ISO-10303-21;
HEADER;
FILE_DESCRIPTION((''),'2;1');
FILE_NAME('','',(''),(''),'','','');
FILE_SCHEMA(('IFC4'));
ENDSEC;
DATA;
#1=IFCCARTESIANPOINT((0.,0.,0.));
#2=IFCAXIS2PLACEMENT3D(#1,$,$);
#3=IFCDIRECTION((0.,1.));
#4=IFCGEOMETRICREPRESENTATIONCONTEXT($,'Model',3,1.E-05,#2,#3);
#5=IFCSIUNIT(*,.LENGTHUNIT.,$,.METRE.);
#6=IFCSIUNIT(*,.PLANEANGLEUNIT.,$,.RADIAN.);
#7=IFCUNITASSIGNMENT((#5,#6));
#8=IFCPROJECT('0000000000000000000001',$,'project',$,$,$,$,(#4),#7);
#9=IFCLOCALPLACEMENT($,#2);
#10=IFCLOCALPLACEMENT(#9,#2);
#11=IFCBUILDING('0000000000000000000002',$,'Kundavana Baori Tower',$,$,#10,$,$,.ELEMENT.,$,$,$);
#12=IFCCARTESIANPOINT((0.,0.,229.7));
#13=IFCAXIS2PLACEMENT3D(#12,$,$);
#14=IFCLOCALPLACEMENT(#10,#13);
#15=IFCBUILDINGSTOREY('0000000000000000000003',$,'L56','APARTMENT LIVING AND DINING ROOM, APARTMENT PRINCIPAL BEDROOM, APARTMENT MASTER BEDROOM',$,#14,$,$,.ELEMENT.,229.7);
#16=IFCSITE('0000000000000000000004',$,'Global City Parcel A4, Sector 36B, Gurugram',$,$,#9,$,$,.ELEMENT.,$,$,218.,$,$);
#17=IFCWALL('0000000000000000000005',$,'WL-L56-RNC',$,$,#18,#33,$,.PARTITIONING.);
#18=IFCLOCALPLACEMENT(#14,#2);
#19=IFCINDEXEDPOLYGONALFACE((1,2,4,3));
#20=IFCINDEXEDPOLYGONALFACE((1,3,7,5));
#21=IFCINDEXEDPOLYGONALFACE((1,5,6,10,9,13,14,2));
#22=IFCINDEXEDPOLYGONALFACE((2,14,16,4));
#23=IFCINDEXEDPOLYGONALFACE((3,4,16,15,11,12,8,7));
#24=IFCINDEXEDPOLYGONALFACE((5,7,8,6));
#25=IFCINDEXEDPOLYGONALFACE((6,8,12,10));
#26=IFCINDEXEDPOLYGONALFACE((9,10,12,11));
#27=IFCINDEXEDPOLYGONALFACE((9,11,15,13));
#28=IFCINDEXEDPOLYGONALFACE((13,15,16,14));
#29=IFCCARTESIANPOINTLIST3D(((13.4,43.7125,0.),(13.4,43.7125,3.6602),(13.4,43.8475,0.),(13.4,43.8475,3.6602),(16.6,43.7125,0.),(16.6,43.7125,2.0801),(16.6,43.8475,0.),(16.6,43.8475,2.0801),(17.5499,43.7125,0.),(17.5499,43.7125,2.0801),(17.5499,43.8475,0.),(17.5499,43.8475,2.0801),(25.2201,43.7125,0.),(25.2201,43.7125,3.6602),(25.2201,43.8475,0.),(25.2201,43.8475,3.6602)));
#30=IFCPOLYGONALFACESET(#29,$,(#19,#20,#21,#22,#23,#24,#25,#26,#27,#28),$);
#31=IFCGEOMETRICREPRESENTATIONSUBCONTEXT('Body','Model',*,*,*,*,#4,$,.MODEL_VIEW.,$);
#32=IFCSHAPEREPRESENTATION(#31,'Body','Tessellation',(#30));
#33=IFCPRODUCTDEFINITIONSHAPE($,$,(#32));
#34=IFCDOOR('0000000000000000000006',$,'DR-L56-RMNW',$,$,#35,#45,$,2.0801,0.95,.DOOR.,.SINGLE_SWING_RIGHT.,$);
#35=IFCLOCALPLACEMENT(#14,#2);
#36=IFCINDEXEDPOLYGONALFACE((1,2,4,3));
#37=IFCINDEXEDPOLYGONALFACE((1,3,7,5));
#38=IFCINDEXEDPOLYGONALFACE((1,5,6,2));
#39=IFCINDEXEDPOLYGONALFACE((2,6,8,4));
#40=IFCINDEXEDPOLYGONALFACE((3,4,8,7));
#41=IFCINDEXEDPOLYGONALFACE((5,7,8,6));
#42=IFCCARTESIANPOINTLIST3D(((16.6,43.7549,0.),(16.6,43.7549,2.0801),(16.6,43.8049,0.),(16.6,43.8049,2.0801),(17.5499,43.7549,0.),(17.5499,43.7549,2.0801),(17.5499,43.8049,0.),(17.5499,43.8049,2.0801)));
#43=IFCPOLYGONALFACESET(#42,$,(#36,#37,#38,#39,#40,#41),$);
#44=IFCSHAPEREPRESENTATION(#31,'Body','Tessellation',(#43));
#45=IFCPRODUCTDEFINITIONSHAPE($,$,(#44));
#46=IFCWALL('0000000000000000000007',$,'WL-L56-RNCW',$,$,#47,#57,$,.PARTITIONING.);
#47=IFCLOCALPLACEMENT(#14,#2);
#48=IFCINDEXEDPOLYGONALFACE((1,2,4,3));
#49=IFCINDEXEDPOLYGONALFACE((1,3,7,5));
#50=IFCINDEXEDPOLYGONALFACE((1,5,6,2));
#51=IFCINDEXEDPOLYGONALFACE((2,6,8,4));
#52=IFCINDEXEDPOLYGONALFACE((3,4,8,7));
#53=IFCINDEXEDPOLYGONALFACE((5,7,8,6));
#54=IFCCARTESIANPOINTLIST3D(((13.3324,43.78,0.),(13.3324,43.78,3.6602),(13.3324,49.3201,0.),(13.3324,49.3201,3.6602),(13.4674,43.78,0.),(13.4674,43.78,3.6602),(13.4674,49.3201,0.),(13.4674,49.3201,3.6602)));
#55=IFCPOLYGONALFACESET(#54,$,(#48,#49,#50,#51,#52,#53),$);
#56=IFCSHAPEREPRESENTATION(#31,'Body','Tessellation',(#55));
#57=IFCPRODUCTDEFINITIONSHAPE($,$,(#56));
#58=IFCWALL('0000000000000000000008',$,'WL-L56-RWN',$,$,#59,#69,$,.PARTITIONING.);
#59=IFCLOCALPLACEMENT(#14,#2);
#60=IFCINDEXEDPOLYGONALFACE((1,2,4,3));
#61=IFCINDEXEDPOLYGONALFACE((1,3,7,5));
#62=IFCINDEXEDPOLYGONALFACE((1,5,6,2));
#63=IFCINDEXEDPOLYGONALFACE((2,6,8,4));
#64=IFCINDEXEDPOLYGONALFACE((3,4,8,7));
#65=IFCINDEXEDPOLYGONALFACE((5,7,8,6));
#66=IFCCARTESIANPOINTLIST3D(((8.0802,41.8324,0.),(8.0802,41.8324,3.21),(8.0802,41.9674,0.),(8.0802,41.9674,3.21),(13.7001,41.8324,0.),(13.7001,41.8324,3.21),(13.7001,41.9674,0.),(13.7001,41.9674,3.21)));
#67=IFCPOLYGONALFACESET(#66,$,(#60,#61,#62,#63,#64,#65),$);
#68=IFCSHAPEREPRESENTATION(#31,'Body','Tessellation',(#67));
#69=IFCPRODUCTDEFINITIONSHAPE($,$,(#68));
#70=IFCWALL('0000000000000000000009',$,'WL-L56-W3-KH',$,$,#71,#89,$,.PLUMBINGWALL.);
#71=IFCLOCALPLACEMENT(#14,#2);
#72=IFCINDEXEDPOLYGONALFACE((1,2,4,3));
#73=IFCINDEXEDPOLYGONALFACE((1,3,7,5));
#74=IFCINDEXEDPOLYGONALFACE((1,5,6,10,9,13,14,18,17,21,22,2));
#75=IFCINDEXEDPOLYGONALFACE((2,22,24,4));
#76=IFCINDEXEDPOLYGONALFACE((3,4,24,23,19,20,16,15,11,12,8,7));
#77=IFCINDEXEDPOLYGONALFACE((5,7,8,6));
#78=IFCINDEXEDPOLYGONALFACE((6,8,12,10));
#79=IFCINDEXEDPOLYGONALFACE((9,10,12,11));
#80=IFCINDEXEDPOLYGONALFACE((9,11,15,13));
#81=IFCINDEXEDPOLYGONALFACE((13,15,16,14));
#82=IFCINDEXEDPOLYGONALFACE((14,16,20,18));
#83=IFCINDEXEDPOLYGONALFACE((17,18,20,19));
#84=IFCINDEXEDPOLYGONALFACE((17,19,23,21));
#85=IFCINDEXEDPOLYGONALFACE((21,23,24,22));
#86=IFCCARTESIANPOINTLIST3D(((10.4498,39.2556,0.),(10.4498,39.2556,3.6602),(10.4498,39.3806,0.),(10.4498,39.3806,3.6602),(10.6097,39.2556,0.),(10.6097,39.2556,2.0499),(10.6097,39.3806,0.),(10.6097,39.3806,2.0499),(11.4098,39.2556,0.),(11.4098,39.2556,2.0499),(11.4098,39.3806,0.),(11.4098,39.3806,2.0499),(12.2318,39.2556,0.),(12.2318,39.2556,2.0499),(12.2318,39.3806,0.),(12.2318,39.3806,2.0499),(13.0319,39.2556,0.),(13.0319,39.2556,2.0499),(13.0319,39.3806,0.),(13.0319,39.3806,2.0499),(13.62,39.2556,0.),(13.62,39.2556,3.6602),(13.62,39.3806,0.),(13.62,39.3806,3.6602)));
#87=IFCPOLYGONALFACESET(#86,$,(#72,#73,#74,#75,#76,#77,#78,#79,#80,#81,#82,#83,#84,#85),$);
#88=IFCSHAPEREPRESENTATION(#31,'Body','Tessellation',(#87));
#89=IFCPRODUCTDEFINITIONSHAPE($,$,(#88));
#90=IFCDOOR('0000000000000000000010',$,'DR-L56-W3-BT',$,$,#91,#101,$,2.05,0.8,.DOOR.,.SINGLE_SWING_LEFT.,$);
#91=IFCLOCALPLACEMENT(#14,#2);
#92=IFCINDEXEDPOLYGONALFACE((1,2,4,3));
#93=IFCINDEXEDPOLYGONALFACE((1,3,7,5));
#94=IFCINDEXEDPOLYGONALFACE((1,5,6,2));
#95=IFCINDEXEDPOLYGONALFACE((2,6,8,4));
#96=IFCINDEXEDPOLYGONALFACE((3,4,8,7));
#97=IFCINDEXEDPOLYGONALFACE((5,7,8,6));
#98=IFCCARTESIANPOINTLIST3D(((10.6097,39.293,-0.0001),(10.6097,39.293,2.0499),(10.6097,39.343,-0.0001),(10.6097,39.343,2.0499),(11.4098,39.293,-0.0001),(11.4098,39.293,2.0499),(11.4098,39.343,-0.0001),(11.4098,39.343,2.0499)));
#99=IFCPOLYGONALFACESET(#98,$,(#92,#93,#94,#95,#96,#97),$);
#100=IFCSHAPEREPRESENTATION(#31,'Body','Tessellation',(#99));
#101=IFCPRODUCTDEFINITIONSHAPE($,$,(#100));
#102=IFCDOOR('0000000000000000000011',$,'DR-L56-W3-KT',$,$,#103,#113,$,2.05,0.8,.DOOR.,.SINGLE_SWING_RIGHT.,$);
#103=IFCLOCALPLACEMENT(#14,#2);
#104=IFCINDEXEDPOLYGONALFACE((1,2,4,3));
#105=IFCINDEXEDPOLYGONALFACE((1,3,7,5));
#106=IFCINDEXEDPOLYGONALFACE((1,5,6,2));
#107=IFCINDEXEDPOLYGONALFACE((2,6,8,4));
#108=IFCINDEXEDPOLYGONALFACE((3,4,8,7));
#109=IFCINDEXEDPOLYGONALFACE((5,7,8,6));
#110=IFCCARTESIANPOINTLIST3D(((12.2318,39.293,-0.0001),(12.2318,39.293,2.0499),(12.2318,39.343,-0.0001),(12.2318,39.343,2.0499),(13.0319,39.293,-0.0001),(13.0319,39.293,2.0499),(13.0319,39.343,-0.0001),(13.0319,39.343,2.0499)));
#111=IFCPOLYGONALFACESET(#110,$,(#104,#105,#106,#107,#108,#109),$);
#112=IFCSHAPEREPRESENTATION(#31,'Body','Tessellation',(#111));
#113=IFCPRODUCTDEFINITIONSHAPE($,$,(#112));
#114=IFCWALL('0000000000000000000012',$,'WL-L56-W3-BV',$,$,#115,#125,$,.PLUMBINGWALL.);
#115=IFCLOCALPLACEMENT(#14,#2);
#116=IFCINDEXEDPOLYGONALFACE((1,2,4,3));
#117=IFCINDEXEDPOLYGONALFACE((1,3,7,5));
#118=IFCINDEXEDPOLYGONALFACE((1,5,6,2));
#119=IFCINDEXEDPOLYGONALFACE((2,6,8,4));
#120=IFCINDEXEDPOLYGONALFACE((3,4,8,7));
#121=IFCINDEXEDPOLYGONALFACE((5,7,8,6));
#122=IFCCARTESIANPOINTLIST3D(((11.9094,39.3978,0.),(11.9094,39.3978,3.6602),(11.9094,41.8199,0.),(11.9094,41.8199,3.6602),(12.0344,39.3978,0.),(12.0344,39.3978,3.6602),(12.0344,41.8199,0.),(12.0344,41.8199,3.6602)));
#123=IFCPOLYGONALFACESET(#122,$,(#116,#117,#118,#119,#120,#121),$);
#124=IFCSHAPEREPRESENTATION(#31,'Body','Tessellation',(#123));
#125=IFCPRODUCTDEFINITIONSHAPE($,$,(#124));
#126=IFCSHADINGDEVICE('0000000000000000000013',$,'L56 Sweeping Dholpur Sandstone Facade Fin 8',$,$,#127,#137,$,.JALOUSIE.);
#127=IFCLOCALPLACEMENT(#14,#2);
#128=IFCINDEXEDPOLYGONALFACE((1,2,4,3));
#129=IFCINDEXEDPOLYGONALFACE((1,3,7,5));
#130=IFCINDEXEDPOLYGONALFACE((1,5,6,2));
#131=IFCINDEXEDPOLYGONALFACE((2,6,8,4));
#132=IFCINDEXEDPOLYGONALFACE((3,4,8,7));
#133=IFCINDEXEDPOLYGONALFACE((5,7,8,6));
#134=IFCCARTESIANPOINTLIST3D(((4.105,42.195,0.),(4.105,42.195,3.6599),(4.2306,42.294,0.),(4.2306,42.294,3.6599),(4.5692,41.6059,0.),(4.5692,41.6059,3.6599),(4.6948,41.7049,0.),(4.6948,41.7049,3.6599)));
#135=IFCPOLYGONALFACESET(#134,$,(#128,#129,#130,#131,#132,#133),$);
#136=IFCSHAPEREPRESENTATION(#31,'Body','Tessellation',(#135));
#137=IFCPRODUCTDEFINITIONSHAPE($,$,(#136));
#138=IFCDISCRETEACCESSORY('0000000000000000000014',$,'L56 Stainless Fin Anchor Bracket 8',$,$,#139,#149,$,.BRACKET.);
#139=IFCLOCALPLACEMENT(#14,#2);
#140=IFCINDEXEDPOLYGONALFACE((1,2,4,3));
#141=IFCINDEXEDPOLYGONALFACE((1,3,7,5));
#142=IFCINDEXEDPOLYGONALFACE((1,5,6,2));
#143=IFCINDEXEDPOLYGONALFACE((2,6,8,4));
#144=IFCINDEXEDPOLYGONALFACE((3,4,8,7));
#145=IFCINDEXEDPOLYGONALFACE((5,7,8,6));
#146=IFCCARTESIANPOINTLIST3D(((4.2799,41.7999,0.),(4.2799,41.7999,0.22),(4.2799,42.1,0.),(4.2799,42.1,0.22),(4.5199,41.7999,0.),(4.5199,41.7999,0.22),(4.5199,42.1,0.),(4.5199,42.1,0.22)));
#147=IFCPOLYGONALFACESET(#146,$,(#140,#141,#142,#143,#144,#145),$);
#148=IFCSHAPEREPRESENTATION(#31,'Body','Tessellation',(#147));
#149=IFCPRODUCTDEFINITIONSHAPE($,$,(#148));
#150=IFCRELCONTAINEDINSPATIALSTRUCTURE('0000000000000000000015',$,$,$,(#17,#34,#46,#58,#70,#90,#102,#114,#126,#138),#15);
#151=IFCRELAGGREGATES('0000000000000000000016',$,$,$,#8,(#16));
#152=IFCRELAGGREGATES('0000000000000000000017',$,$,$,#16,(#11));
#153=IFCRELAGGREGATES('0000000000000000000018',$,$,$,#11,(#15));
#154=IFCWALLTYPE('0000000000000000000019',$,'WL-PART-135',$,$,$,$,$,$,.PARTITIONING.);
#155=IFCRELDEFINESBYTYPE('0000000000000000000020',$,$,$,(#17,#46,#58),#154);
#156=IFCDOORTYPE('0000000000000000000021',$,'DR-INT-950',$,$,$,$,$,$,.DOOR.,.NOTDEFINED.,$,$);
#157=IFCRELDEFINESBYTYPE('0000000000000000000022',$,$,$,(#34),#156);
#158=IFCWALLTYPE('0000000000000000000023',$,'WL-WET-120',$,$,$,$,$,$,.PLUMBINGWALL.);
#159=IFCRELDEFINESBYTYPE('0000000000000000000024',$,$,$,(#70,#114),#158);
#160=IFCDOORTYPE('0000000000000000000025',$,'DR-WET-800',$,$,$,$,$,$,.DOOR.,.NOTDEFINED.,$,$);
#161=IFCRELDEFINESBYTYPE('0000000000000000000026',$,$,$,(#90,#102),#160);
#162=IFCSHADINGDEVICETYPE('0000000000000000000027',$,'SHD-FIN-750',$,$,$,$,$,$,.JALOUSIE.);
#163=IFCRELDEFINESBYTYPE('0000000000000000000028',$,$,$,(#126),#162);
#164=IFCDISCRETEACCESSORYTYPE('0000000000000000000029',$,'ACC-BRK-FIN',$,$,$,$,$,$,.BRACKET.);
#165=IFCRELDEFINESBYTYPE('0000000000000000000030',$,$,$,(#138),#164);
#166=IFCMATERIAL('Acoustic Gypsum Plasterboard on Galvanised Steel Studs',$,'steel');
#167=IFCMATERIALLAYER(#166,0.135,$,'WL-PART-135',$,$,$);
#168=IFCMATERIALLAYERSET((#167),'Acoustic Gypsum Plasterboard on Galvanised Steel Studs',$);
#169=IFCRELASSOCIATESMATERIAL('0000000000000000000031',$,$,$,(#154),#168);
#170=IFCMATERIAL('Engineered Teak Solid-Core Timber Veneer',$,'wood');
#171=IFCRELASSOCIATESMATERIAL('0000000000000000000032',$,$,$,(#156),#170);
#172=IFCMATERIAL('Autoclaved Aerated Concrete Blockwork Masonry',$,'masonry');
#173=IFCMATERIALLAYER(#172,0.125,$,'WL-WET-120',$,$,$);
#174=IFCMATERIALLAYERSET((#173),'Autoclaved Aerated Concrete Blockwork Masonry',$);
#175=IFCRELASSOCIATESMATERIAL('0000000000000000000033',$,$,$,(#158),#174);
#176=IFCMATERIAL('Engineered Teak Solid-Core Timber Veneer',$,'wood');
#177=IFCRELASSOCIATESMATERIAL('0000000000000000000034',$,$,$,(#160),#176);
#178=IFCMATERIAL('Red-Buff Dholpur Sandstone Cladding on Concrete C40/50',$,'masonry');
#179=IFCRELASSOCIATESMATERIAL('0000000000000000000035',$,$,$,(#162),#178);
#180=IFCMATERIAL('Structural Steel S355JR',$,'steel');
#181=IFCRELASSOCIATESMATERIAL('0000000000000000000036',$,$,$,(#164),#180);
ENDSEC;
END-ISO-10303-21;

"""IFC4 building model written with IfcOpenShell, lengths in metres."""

from ifc_helpers import new_model, si_unit, direction, frame, frame_2d, origin, origin_2d, place, context, subcontext, project, spatial, rectangle, extrude, material, layer, layer_set, type_object, element, fill, save


model = new_model("IFC4")

# Units and contexts
model_context = context("Model", 3, precision=1e-05, world=origin(), true_north=direction((0.0, 1.0)))
body_context = subcontext(model_context, "Body", "Model", "MODEL_VIEW")
ifc_project = project(units=[si_unit("LENGTHUNIT", "METRE"), si_unit("PLANEANGLEUNIT", "RADIAN")], contexts=[model_context])

# Site, building, storey
site_placement = place(None, origin())
site = spatial("IfcSite", under=ifc_project, at=site_placement, Name="Global City Parcel A4, Sector 36B, Gurugram", CompositionType="ELEMENT", RefElevation=218.0)
building_placement = place(site_placement, origin())
building = spatial("IfcBuilding", under=site, at=building_placement, Name="Kundavana Baori Tower", CompositionType="ELEMENT")
storey_placement = place(building_placement, frame((0.0, 0.0, 229.7)))
storey = spatial("IfcBuildingStorey", under=building, at=storey_placement, Name="L56", Description="APARTMENT LIVING AND DINING ROOM, APARTMENT PRINCIPAL BEDROOM, APARTMENT MASTER BEDROOM", CompositionType="ELEMENT", Elevation=229.7)

# Wall, opening, door
ifc_material_1 = material(Name="Acoustic Gypsum Plasterboard on Galvanised Steel Studs", Category="steel")
ifc_layer_1 = layer(ifc_material_1, 0.135, Name="WL-PART-135")
ifc_layer_set_1 = layer_set([ifc_layer_1], Name="Acoustic Gypsum Plasterboard on Galvanised Steel Studs")
wall_type_1 = type_object("IfcWallType", Name="WL-PART-135", PredefinedType="PARTITIONING", material=ifc_layer_set_1)
wall_1_placement = place(storey_placement, frame((13.3999, 43.78, 0.0), z_axis=(0.0, 0.0, 1.0), x_axis=(1.0, 0.0, 0.0)))
wall_1 = element("IfcWall", 1, at=wall_1_placement, inside=storey, type_object=wall_type_1, Name="WL-L56-RNC", PredefinedType="PARTITIONING", context=body_context, shape_type="SweptSolid", body=[
    extrude(rectangle(XDim=11.8201, YDim=0.135, at=frame_2d((5.9102, 0.0))), origin(), (0.0, 0.0, 1.0), 3.6602),
])
opening_1_placement = place(wall_1_placement, frame((3.2, 0.0, 0.0)))
opening_1 = element("IfcOpeningElement", 2, at=opening_1_placement, cuts=wall_1, PredefinedType="OPENING", context=body_context, shape_type="SweptSolid", body=[
    extrude(rectangle(XDim=0.95, YDim=2.0801, at=frame_2d((0.4751, 1.04))), frame((0.0, 0.0776, 0.0), z_axis=(0.0, -1.0, 0.0), x_axis=(1.0, 0.0, 0.0)), (0.0, 0.0, 1.0), 0.155),
])
ifc_material_2 = material(Name="Engineered Teak Solid-Core Timber Veneer", Category="wood")
door_type_1 = type_object("IfcDoorType", Name="DR-INT-950", OperationType="NOTDEFINED", PredefinedType="DOOR", material=ifc_material_2)
door_1_placement = place(opening_1_placement, origin())
door_1 = element("IfcDoor", 3, at=door_1_placement, inside=storey, type_object=door_type_1, Name="DR-L56-RMNW", OperationType="SINGLE_SWING_RIGHT", OverallHeight=2.0801, OverallWidth=0.95, PredefinedType="DOOR", context=body_context, shape_type="SweptSolid", body=[
    extrude(rectangle(XDim=0.95, YDim=2.0801, at=frame_2d((0.4751, 1.04))), frame((0.0, 0.0249, 0.0), z_axis=(0.0, -1.0, 0.0), x_axis=(1.0, 0.0, 0.0)), (0.0, 0.0, 1.0), 0.05),
])
fill(opening_1, door_1)

# Walls
wall_2_placement = place(storey_placement, frame((13.3999, 43.78, 0.0), z_axis=(0.0, 0.0, 1.0), x_axis=(0.0, 1.0, 0.0)))
element("IfcWall", 4, at=wall_2_placement, inside=storey, type_object=wall_type_1, Name="WL-L56-RNCW", PredefinedType="PARTITIONING", context=body_context, shape_type="SweptSolid", body=[
    extrude(rectangle(XDim=5.54, YDim=0.135, at=frame_2d((2.77, 0.0))), origin(), (0.0, 0.0, 1.0), 3.6602),
])
wall_3_placement = place(storey_placement, frame((8.0801, 41.8999, 0.0), z_axis=(0.0, 0.0, 1.0), x_axis=(1.0, 0.0, 0.0)))
element("IfcWall", 5, at=wall_3_placement, inside=storey, type_object=wall_type_1, Name="WL-L56-RWN", PredefinedType="PARTITIONING", context=body_context, shape_type="SweptSolid", body=[
    extrude(rectangle(XDim=5.6199, YDim=0.135, at=frame_2d((2.8101, 0.0))), origin(), (0.0, 0.0, 1.0), 3.21),
])

# Wall, openings, doors
ifc_material_3 = material(Name="Autoclaved Aerated Concrete Blockwork Masonry", Category="masonry")
ifc_layer_2 = layer(ifc_material_3, 0.125, Name="WL-WET-120")
ifc_layer_set_2 = layer_set([ifc_layer_2], Name="Autoclaved Aerated Concrete Blockwork Masonry")
wall_type_2 = type_object("IfcWallType", Name="WL-WET-120", PredefinedType="PLUMBINGWALL", material=ifc_layer_set_2)
wall_4_placement = place(storey_placement, frame((10.45, 39.3181, 0.0), z_axis=(0.0, 0.0, 1.0), x_axis=(1.0, 0.0, 0.0)))
wall_4 = element("IfcWall", 6, at=wall_4_placement, inside=storey, type_object=wall_type_2, Name="WL-L56-W3-KH", PredefinedType="PLUMBINGWALL", context=body_context, shape_type="SweptSolid", body=[
    extrude(rectangle(XDim=3.1702, YDim=0.125, at=frame_2d((1.585, 0.0))), origin(), (0.0, 0.0, 1.0), 3.6602),
])
opening_2_placement = place(wall_4_placement, frame((0.1599, 0.0, 0.0)))
opening_2 = element("IfcOpeningElement", 7, at=opening_2_placement, cuts=wall_4, PredefinedType="OPENING", context=body_context, shape_type="SweptSolid", body=[
    extrude(rectangle(XDim=0.8, YDim=2.05, at=frame_2d((0.3999, 1.0249))), frame((0.0, 0.0725, 0.0), z_axis=(0.0, -1.0, 0.0), x_axis=(1.0, 0.0, 0.0)), (0.0, 0.0, 1.0), 0.145),
])
opening_3_placement = place(wall_4_placement, frame((1.782, 0.0, 0.0)))
opening_3 = element("IfcOpeningElement", 8, at=opening_3_placement, cuts=wall_4, PredefinedType="OPENING", context=body_context, shape_type="SweptSolid", body=[
    extrude(rectangle(XDim=0.8, YDim=2.05, at=frame_2d((0.3999, 1.0249))), frame((0.0, 0.0725, 0.0), z_axis=(0.0, -1.0, 0.0), x_axis=(1.0, 0.0, 0.0)), (0.0, 0.0, 1.0), 0.145),
])
ifc_material_4 = material(Name="Engineered Teak Solid-Core Timber Veneer", Category="wood")
door_type_2 = type_object("IfcDoorType", Name="DR-WET-800", OperationType="NOTDEFINED", PredefinedType="DOOR", material=ifc_material_4)
door_2_placement = place(opening_2_placement, origin())
door_2 = element("IfcDoor", 9, at=door_2_placement, inside=storey, type_object=door_type_2, Name="DR-L56-W3-BT", OperationType="SINGLE_SWING_LEFT", OverallHeight=2.05, OverallWidth=0.8, PredefinedType="DOOR", context=body_context, shape_type="SweptSolid", body=[
    extrude(rectangle(XDim=0.8, YDim=2.05, at=frame_2d((0.3999, 1.0249))), frame((0.0, 0.0249, 0.0), z_axis=(0.0, -1.0, 0.0), x_axis=(1.0, 0.0, 0.0)), (0.0, 0.0, 1.0), 0.05),
])
fill(opening_2, door_2)
door_3_placement = place(opening_3_placement, origin())
door_3 = element("IfcDoor", 10, at=door_3_placement, inside=storey, type_object=door_type_2, Name="DR-L56-W3-KT", OperationType="SINGLE_SWING_RIGHT", OverallHeight=2.05, OverallWidth=0.8, PredefinedType="DOOR", context=body_context, shape_type="SweptSolid", body=[
    extrude(rectangle(XDim=0.8, YDim=2.05, at=frame_2d((0.3999, 1.0249))), frame((0.0, 0.0249, 0.0), z_axis=(0.0, -1.0, 0.0), x_axis=(1.0, 0.0, 0.0)), (0.0, 0.0, 1.0), 0.05),
])
fill(opening_3, door_3)

# Wall
wall_5_placement = place(storey_placement, frame((11.9719, 39.3979, 0.0), z_axis=(0.0, 0.0, 1.0), x_axis=(0.0, 1.0, 0.0)))
element("IfcWall", 11, at=wall_5_placement, inside=storey, type_object=wall_type_2, Name="WL-L56-W3-BV", PredefinedType="PLUMBINGWALL", context=body_context, shape_type="SweptSolid", body=[
    extrude(rectangle(XDim=2.4221, YDim=0.125, at=frame_2d((1.2109, 0.0))), origin(), (0.0, 0.0, 1.0), 3.6602),
])

# Shading device
ifc_material_5 = material(Name="Red-Buff Dholpur Sandstone Cladding on Concrete C40/50", Category="masonry")
shading_device_type = type_object("IfcShadingDeviceType", Name="SHD-FIN-750", PredefinedType="JALOUSIE", material=ifc_material_5)
shading_device_placement = place(storey_placement, frame((4.3999, 41.95, 0.0), z_axis=(0.0, 0.0, 1.0), x_axis=(0.785425, 0.618957, 0.0)))
element("IfcShadingDevice", 12, at=shading_device_placement, inside=storey, type_object=shading_device_type, Name="L56 Sweeping Dholpur Sandstone Facade Fin 8", PredefinedType="JALOUSIE", context=body_context, shape_type="SweptSolid", body=[
    extrude(rectangle(XDim=0.1599, YDim=0.75, at=origin_2d()), origin(), (0.0, 0.0, 1.0), 3.6599),
])

# Discrete accessory
ifc_material_6 = material(Name="Structural Steel S355JR", Category="steel")
discrete_accessory_type = type_object("IfcDiscreteAccessoryType", Name="ACC-BRK-FIN", PredefinedType="BRACKET", material=ifc_material_6)
discrete_accessory_placement = place(storey_placement, frame((4.3999, 41.95, 0.0), z_axis=(0.0, 0.0, 1.0), x_axis=(1.0, 0.0, 0.0)))
element("IfcDiscreteAccessory", 13, at=discrete_accessory_placement, inside=storey, type_object=discrete_accessory_type, Name="L56 Stainless Fin Anchor Bracket 8", PredefinedType="BRACKET", context=body_context, shape_type="SweptSolid", body=[
    extrude(rectangle(XDim=0.24, YDim=0.3, at=origin_2d()), origin(), (0.0, 0.0, 1.0), 0.22),
])

save(model, "model.ifc")
